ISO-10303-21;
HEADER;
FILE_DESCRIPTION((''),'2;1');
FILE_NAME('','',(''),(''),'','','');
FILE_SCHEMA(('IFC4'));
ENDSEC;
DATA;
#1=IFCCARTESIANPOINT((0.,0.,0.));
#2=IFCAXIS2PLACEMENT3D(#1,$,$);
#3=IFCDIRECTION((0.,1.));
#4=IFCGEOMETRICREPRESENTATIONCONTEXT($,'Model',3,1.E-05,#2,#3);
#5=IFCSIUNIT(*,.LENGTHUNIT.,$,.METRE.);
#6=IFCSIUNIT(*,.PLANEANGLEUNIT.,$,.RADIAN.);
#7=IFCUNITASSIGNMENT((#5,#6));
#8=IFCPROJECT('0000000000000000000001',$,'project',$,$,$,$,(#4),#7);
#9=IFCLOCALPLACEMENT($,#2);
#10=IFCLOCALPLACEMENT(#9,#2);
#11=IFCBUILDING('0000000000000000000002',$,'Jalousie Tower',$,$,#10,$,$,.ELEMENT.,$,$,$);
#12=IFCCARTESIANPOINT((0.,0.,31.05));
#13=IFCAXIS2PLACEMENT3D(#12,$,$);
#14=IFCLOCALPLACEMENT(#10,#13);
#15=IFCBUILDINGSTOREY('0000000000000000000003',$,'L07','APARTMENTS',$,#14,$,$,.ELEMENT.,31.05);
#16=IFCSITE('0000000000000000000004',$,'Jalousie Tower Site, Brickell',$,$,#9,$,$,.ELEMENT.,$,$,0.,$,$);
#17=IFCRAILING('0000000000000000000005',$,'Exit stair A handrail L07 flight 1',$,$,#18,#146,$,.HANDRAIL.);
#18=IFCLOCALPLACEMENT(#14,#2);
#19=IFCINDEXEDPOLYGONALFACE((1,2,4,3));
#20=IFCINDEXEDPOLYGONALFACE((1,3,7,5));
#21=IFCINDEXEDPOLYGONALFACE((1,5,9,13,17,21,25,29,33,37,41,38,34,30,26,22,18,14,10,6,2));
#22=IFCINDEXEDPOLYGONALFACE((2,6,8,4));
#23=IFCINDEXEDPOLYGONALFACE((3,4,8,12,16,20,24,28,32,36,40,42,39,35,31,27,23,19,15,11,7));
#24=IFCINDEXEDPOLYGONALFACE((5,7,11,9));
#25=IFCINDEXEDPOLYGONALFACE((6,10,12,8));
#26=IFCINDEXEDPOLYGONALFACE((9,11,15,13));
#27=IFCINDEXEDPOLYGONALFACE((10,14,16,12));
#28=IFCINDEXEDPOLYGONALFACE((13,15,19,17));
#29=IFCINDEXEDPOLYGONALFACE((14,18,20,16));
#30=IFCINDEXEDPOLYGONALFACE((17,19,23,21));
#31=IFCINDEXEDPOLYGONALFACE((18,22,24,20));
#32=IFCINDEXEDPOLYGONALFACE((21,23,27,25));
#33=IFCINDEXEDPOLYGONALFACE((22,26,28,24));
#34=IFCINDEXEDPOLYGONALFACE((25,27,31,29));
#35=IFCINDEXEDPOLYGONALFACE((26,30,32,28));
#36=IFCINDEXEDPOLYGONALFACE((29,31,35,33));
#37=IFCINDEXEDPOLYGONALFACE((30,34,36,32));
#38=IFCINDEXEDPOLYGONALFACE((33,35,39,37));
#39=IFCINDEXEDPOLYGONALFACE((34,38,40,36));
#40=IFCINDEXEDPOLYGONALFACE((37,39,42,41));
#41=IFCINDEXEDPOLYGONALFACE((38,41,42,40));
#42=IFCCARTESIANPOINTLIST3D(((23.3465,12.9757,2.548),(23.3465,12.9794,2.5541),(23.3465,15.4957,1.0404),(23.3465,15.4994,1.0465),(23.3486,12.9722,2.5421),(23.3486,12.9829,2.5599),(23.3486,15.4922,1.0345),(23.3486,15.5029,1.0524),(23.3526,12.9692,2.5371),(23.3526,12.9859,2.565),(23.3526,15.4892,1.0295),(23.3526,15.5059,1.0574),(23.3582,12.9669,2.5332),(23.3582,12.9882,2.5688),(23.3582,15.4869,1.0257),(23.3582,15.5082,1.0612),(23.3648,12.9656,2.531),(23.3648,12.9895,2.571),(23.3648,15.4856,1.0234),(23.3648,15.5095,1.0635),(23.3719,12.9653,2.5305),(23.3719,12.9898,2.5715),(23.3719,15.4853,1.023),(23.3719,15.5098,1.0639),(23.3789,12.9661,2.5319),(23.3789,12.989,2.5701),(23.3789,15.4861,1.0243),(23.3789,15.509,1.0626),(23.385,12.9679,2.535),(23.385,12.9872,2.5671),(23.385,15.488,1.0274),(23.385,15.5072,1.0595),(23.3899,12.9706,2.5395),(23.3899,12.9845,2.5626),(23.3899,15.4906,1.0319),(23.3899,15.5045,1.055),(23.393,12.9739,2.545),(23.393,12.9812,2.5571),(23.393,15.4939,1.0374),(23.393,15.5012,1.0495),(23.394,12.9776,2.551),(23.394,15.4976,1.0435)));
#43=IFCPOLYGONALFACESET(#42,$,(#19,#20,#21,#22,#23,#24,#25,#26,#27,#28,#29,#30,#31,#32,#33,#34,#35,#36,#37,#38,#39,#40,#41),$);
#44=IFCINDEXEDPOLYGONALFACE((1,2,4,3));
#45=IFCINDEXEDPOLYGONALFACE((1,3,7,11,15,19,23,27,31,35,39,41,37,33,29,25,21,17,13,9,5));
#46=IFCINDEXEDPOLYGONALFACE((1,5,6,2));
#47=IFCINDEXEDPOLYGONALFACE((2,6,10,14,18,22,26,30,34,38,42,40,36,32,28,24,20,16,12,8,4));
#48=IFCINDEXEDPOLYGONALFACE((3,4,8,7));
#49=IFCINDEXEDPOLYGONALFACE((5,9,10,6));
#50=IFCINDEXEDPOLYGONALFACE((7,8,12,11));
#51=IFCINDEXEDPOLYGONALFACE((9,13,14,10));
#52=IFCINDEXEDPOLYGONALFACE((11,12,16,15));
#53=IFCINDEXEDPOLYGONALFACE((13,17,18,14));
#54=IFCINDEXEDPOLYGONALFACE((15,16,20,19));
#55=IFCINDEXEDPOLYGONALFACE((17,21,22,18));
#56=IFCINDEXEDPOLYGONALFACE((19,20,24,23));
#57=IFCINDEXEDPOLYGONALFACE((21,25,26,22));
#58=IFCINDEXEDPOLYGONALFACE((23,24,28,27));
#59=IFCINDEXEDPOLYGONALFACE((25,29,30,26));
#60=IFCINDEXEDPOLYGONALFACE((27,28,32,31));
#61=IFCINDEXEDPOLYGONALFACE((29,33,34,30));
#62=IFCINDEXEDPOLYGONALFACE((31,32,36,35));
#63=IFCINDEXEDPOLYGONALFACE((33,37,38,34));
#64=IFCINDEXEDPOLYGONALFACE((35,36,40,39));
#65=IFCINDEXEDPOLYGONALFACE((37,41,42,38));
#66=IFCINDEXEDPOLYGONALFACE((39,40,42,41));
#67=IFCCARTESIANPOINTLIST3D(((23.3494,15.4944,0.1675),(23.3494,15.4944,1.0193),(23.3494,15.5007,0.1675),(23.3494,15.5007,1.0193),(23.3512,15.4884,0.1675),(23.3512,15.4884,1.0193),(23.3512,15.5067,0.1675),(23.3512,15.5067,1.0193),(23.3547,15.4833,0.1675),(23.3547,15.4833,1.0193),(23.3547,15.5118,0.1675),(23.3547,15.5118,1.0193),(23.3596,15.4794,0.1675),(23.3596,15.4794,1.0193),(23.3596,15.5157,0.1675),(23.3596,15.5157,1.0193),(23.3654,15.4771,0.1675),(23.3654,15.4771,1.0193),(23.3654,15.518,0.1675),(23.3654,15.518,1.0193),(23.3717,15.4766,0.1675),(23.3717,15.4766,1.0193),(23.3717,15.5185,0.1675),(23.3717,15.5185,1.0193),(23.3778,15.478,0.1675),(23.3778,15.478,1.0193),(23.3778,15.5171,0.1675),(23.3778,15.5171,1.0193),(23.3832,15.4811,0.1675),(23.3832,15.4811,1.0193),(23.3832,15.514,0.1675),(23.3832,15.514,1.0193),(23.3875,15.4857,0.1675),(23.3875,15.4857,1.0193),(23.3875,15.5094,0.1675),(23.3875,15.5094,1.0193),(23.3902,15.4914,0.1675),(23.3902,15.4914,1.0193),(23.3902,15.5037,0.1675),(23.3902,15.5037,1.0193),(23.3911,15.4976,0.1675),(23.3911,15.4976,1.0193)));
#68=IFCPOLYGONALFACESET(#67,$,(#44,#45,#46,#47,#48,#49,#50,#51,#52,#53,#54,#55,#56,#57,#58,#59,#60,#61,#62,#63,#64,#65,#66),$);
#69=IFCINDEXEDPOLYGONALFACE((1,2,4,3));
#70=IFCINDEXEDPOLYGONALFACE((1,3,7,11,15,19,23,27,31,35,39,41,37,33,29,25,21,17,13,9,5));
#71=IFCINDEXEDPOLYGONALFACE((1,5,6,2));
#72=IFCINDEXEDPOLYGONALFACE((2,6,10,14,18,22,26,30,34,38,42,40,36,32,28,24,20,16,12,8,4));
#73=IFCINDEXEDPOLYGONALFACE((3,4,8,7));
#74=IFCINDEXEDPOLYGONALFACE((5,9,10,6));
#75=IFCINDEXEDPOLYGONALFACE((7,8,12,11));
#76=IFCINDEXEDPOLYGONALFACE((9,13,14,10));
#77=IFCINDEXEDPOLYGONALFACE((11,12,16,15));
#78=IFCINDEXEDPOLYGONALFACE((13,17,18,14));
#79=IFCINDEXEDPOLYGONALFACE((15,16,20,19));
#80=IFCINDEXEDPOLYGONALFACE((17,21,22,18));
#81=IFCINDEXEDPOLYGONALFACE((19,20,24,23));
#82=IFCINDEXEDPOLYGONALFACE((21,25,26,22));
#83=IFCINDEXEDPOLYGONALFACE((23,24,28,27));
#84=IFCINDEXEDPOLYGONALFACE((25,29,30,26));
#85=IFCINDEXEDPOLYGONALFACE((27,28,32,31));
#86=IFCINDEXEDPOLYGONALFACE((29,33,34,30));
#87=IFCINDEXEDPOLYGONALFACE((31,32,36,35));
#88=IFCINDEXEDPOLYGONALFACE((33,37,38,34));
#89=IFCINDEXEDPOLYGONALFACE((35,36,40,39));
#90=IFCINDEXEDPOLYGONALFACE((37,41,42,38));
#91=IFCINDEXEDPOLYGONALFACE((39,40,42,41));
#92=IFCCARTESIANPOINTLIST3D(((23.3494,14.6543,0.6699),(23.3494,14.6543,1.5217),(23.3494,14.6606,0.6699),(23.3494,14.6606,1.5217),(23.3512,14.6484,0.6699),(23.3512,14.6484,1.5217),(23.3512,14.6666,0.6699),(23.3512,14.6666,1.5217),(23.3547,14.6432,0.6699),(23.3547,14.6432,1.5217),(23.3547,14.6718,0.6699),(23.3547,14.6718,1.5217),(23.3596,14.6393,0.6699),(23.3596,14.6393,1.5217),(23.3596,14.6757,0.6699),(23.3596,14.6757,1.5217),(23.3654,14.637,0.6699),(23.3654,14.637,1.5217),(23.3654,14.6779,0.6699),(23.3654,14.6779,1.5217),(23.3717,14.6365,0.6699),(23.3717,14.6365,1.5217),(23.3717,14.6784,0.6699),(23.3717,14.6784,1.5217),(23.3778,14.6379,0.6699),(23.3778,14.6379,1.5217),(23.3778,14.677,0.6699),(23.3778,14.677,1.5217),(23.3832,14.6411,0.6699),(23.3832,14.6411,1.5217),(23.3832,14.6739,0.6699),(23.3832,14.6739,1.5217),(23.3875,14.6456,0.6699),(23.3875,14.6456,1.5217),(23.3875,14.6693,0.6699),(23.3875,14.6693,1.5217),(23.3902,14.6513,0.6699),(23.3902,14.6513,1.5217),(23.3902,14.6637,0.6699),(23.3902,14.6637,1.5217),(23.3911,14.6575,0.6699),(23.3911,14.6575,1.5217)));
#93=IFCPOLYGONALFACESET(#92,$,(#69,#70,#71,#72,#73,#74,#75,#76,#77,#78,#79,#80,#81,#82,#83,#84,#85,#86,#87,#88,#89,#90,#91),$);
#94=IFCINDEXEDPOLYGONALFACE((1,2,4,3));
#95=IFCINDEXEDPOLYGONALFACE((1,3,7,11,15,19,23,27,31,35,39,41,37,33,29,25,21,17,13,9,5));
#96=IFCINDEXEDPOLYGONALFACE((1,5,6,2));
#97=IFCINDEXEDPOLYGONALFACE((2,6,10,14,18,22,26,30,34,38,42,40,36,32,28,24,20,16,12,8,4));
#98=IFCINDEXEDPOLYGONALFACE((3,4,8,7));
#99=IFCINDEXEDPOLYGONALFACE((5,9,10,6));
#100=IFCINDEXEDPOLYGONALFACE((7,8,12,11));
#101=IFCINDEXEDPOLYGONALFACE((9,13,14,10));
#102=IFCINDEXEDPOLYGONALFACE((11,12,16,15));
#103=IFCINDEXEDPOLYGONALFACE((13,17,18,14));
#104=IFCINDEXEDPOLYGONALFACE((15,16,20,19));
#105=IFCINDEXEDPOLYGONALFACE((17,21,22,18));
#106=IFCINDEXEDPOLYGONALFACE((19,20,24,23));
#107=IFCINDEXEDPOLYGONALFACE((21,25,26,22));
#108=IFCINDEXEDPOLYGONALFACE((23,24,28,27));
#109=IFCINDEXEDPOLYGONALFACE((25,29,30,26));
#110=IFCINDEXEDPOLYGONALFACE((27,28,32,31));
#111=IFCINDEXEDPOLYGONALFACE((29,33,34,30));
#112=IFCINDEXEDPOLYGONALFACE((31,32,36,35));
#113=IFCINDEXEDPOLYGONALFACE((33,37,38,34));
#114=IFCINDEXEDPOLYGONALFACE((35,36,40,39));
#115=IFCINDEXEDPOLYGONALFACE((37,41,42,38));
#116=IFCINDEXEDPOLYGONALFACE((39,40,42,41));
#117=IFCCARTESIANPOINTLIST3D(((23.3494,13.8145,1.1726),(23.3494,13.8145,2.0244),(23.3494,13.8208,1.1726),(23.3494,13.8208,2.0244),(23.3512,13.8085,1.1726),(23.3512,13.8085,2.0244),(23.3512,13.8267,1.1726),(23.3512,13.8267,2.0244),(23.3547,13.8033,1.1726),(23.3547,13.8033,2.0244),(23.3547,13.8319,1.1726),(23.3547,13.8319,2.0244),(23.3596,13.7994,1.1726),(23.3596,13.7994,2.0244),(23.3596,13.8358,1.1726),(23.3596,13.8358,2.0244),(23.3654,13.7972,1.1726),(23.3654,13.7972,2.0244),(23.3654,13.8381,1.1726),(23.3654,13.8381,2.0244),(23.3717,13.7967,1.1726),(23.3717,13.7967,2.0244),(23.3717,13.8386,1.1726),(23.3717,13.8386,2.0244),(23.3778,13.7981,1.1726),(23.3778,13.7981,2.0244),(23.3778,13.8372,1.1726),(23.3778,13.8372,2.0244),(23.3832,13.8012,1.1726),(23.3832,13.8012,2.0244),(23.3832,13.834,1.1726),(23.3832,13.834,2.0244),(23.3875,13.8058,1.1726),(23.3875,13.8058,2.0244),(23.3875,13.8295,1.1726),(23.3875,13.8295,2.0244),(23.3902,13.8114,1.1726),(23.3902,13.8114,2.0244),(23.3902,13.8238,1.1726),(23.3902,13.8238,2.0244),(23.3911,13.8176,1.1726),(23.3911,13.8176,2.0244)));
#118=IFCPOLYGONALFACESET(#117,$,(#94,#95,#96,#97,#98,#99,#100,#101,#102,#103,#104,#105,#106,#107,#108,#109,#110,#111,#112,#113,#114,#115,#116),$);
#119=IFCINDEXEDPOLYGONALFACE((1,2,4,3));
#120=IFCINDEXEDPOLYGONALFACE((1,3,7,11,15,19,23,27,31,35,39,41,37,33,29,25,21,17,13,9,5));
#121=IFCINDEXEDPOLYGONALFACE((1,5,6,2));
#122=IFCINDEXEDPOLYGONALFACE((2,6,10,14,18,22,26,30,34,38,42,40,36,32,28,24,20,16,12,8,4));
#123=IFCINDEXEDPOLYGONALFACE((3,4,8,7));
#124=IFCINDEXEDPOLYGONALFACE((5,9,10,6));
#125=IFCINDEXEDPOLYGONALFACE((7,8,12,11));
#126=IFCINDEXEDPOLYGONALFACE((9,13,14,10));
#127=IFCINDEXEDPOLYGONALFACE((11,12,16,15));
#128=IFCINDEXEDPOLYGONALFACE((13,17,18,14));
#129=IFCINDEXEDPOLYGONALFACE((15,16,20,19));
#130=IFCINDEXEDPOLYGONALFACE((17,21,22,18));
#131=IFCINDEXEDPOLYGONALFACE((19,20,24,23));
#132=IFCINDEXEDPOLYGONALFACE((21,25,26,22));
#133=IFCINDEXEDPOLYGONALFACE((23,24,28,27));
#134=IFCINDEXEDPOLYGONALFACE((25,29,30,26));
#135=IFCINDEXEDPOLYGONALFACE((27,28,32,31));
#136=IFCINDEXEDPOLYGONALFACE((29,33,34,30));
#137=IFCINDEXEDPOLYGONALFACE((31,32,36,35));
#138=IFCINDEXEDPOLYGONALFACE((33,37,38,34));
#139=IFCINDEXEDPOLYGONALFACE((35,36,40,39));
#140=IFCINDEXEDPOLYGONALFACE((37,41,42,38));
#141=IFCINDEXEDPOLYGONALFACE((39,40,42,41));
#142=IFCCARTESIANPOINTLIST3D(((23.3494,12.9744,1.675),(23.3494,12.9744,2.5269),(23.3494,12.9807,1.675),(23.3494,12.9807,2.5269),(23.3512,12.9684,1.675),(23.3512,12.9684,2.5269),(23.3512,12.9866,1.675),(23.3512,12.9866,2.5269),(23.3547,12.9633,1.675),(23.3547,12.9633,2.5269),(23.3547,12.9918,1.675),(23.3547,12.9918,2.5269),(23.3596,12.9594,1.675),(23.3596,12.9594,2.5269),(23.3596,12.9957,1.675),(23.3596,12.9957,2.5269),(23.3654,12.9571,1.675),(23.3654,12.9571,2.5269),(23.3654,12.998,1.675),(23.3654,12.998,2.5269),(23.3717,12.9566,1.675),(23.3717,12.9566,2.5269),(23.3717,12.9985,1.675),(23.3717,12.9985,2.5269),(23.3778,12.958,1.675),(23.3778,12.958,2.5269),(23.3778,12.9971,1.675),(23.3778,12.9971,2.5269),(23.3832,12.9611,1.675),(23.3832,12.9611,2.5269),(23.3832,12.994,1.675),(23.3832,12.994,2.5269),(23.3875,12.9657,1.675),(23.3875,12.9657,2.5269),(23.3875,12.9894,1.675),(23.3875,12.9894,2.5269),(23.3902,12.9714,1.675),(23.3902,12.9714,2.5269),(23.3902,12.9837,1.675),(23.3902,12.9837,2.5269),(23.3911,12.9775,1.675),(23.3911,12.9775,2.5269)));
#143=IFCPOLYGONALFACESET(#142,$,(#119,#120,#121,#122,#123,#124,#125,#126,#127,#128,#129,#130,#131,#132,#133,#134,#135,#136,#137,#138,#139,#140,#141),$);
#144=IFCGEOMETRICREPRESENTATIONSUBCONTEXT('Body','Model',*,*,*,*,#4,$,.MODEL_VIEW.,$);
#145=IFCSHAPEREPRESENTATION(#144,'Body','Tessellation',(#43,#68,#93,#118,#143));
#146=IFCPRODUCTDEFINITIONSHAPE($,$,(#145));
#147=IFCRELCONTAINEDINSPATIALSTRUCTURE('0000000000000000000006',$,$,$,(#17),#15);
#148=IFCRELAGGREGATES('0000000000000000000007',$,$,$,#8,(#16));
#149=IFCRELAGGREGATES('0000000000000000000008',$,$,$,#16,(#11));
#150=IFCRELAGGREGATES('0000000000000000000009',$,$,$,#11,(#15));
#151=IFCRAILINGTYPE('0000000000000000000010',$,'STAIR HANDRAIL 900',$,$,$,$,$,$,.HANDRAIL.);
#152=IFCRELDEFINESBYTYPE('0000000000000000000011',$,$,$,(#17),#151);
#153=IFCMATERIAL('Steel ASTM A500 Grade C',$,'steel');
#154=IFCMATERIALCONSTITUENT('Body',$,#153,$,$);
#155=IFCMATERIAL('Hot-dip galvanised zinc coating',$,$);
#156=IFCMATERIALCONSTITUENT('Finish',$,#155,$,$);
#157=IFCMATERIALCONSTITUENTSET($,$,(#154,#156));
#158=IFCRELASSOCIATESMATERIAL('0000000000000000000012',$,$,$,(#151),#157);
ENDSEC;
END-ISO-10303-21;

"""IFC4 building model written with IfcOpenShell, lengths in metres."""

from ifc_helpers import new_model, si_unit, direction, frame, origin, origin_2d, place, context, subcontext, project, spatial, circle, extrude, material, constituent, constituent_set, type_object, element, save


model = new_model("IFC4")

# Units and contexts
model_context = context("Model", 3, precision=1e-05, world=origin(), true_north=direction((0.0, 1.0)))
body_context = subcontext(model_context, "Body", "Model", "MODEL_VIEW")
ifc_project = project(units=[si_unit("LENGTHUNIT", "METRE"), si_unit("PLANEANGLEUNIT", "RADIAN")], contexts=[model_context])

# Site, building, storey
site_placement = place(None, origin())
site = spatial("IfcSite", under=ifc_project, at=site_placement, Name="Jalousie Tower Site, Brickell", CompositionType="ELEMENT", RefElevation=0.0)
building_placement = place(site_placement, origin())
building = spatial("IfcBuilding", under=site, at=building_placement, Name="Jalousie Tower", CompositionType="ELEMENT")
storey_placement = place(building_placement, frame((0.0, 0.0, 31.05)))
storey = spatial("IfcBuildingStorey", under=building, at=storey_placement, Name="L07", Description="APARTMENTS", CompositionType="ELEMENT", Elevation=31.05)

# Railing
ifc_material_1 = material(Name="Steel ASTM A500 Grade C", Category="steel")
ifc_constituent_1 = constituent(ifc_material_1, Name="Body")
ifc_material_2 = material(Name="Hot-dip galvanised zinc coating")
ifc_constituent_2 = constituent(ifc_material_2, Name="Finish")
ifc_constituent_set_1 = constituent_set(constituents=[ifc_constituent_1, ifc_constituent_2])
railing_type_1 = type_object("IfcRailingType", Name="STAIR HANDRAIL 900", PredefinedType="HANDRAIL", material=ifc_constituent_set_1)
railing_1_placement = place(storey_placement, frame((23.3701, 15.4976, 0.1675)))
element("IfcRailing", 1, at=railing_1_placement, inside=storey, type_object=railing_type_1, Name="Exit stair A handrail L07 flight 1", PredefinedType="HANDRAIL", context=body_context, shape_type="SweptSolid", body=[
    extrude(circle(Radius=0.0239, at=origin_2d()), frame((0.0, 0.0, 0.876), z_axis=(0.0, -0.85816, 0.513383), x_axis=(1.0, 0.0, 0.0)), (0.0, 0.0, 1.0), 2.9365),
    extrude(circle(Radius=0.021, at=origin_2d()), origin(), (0.0, 0.0, 1.0), 0.8518),
    extrude(circle(Radius=0.021, at=origin_2d()), frame((0.0, -0.8401, 0.5024)), (0.0, 0.0, 1.0), 0.8518),
    extrude(circle(Radius=0.021, at=origin_2d()), frame((0.0, -1.6799, 1.0051)), (0.0, 0.0, 1.0), 0.8518),
    extrude(circle(Radius=0.021, at=origin_2d()), frame((0.0, -2.52, 1.5076)), (0.0, 0.0, 1.0), 0.8518),
])

save(model, "model.ifc")
